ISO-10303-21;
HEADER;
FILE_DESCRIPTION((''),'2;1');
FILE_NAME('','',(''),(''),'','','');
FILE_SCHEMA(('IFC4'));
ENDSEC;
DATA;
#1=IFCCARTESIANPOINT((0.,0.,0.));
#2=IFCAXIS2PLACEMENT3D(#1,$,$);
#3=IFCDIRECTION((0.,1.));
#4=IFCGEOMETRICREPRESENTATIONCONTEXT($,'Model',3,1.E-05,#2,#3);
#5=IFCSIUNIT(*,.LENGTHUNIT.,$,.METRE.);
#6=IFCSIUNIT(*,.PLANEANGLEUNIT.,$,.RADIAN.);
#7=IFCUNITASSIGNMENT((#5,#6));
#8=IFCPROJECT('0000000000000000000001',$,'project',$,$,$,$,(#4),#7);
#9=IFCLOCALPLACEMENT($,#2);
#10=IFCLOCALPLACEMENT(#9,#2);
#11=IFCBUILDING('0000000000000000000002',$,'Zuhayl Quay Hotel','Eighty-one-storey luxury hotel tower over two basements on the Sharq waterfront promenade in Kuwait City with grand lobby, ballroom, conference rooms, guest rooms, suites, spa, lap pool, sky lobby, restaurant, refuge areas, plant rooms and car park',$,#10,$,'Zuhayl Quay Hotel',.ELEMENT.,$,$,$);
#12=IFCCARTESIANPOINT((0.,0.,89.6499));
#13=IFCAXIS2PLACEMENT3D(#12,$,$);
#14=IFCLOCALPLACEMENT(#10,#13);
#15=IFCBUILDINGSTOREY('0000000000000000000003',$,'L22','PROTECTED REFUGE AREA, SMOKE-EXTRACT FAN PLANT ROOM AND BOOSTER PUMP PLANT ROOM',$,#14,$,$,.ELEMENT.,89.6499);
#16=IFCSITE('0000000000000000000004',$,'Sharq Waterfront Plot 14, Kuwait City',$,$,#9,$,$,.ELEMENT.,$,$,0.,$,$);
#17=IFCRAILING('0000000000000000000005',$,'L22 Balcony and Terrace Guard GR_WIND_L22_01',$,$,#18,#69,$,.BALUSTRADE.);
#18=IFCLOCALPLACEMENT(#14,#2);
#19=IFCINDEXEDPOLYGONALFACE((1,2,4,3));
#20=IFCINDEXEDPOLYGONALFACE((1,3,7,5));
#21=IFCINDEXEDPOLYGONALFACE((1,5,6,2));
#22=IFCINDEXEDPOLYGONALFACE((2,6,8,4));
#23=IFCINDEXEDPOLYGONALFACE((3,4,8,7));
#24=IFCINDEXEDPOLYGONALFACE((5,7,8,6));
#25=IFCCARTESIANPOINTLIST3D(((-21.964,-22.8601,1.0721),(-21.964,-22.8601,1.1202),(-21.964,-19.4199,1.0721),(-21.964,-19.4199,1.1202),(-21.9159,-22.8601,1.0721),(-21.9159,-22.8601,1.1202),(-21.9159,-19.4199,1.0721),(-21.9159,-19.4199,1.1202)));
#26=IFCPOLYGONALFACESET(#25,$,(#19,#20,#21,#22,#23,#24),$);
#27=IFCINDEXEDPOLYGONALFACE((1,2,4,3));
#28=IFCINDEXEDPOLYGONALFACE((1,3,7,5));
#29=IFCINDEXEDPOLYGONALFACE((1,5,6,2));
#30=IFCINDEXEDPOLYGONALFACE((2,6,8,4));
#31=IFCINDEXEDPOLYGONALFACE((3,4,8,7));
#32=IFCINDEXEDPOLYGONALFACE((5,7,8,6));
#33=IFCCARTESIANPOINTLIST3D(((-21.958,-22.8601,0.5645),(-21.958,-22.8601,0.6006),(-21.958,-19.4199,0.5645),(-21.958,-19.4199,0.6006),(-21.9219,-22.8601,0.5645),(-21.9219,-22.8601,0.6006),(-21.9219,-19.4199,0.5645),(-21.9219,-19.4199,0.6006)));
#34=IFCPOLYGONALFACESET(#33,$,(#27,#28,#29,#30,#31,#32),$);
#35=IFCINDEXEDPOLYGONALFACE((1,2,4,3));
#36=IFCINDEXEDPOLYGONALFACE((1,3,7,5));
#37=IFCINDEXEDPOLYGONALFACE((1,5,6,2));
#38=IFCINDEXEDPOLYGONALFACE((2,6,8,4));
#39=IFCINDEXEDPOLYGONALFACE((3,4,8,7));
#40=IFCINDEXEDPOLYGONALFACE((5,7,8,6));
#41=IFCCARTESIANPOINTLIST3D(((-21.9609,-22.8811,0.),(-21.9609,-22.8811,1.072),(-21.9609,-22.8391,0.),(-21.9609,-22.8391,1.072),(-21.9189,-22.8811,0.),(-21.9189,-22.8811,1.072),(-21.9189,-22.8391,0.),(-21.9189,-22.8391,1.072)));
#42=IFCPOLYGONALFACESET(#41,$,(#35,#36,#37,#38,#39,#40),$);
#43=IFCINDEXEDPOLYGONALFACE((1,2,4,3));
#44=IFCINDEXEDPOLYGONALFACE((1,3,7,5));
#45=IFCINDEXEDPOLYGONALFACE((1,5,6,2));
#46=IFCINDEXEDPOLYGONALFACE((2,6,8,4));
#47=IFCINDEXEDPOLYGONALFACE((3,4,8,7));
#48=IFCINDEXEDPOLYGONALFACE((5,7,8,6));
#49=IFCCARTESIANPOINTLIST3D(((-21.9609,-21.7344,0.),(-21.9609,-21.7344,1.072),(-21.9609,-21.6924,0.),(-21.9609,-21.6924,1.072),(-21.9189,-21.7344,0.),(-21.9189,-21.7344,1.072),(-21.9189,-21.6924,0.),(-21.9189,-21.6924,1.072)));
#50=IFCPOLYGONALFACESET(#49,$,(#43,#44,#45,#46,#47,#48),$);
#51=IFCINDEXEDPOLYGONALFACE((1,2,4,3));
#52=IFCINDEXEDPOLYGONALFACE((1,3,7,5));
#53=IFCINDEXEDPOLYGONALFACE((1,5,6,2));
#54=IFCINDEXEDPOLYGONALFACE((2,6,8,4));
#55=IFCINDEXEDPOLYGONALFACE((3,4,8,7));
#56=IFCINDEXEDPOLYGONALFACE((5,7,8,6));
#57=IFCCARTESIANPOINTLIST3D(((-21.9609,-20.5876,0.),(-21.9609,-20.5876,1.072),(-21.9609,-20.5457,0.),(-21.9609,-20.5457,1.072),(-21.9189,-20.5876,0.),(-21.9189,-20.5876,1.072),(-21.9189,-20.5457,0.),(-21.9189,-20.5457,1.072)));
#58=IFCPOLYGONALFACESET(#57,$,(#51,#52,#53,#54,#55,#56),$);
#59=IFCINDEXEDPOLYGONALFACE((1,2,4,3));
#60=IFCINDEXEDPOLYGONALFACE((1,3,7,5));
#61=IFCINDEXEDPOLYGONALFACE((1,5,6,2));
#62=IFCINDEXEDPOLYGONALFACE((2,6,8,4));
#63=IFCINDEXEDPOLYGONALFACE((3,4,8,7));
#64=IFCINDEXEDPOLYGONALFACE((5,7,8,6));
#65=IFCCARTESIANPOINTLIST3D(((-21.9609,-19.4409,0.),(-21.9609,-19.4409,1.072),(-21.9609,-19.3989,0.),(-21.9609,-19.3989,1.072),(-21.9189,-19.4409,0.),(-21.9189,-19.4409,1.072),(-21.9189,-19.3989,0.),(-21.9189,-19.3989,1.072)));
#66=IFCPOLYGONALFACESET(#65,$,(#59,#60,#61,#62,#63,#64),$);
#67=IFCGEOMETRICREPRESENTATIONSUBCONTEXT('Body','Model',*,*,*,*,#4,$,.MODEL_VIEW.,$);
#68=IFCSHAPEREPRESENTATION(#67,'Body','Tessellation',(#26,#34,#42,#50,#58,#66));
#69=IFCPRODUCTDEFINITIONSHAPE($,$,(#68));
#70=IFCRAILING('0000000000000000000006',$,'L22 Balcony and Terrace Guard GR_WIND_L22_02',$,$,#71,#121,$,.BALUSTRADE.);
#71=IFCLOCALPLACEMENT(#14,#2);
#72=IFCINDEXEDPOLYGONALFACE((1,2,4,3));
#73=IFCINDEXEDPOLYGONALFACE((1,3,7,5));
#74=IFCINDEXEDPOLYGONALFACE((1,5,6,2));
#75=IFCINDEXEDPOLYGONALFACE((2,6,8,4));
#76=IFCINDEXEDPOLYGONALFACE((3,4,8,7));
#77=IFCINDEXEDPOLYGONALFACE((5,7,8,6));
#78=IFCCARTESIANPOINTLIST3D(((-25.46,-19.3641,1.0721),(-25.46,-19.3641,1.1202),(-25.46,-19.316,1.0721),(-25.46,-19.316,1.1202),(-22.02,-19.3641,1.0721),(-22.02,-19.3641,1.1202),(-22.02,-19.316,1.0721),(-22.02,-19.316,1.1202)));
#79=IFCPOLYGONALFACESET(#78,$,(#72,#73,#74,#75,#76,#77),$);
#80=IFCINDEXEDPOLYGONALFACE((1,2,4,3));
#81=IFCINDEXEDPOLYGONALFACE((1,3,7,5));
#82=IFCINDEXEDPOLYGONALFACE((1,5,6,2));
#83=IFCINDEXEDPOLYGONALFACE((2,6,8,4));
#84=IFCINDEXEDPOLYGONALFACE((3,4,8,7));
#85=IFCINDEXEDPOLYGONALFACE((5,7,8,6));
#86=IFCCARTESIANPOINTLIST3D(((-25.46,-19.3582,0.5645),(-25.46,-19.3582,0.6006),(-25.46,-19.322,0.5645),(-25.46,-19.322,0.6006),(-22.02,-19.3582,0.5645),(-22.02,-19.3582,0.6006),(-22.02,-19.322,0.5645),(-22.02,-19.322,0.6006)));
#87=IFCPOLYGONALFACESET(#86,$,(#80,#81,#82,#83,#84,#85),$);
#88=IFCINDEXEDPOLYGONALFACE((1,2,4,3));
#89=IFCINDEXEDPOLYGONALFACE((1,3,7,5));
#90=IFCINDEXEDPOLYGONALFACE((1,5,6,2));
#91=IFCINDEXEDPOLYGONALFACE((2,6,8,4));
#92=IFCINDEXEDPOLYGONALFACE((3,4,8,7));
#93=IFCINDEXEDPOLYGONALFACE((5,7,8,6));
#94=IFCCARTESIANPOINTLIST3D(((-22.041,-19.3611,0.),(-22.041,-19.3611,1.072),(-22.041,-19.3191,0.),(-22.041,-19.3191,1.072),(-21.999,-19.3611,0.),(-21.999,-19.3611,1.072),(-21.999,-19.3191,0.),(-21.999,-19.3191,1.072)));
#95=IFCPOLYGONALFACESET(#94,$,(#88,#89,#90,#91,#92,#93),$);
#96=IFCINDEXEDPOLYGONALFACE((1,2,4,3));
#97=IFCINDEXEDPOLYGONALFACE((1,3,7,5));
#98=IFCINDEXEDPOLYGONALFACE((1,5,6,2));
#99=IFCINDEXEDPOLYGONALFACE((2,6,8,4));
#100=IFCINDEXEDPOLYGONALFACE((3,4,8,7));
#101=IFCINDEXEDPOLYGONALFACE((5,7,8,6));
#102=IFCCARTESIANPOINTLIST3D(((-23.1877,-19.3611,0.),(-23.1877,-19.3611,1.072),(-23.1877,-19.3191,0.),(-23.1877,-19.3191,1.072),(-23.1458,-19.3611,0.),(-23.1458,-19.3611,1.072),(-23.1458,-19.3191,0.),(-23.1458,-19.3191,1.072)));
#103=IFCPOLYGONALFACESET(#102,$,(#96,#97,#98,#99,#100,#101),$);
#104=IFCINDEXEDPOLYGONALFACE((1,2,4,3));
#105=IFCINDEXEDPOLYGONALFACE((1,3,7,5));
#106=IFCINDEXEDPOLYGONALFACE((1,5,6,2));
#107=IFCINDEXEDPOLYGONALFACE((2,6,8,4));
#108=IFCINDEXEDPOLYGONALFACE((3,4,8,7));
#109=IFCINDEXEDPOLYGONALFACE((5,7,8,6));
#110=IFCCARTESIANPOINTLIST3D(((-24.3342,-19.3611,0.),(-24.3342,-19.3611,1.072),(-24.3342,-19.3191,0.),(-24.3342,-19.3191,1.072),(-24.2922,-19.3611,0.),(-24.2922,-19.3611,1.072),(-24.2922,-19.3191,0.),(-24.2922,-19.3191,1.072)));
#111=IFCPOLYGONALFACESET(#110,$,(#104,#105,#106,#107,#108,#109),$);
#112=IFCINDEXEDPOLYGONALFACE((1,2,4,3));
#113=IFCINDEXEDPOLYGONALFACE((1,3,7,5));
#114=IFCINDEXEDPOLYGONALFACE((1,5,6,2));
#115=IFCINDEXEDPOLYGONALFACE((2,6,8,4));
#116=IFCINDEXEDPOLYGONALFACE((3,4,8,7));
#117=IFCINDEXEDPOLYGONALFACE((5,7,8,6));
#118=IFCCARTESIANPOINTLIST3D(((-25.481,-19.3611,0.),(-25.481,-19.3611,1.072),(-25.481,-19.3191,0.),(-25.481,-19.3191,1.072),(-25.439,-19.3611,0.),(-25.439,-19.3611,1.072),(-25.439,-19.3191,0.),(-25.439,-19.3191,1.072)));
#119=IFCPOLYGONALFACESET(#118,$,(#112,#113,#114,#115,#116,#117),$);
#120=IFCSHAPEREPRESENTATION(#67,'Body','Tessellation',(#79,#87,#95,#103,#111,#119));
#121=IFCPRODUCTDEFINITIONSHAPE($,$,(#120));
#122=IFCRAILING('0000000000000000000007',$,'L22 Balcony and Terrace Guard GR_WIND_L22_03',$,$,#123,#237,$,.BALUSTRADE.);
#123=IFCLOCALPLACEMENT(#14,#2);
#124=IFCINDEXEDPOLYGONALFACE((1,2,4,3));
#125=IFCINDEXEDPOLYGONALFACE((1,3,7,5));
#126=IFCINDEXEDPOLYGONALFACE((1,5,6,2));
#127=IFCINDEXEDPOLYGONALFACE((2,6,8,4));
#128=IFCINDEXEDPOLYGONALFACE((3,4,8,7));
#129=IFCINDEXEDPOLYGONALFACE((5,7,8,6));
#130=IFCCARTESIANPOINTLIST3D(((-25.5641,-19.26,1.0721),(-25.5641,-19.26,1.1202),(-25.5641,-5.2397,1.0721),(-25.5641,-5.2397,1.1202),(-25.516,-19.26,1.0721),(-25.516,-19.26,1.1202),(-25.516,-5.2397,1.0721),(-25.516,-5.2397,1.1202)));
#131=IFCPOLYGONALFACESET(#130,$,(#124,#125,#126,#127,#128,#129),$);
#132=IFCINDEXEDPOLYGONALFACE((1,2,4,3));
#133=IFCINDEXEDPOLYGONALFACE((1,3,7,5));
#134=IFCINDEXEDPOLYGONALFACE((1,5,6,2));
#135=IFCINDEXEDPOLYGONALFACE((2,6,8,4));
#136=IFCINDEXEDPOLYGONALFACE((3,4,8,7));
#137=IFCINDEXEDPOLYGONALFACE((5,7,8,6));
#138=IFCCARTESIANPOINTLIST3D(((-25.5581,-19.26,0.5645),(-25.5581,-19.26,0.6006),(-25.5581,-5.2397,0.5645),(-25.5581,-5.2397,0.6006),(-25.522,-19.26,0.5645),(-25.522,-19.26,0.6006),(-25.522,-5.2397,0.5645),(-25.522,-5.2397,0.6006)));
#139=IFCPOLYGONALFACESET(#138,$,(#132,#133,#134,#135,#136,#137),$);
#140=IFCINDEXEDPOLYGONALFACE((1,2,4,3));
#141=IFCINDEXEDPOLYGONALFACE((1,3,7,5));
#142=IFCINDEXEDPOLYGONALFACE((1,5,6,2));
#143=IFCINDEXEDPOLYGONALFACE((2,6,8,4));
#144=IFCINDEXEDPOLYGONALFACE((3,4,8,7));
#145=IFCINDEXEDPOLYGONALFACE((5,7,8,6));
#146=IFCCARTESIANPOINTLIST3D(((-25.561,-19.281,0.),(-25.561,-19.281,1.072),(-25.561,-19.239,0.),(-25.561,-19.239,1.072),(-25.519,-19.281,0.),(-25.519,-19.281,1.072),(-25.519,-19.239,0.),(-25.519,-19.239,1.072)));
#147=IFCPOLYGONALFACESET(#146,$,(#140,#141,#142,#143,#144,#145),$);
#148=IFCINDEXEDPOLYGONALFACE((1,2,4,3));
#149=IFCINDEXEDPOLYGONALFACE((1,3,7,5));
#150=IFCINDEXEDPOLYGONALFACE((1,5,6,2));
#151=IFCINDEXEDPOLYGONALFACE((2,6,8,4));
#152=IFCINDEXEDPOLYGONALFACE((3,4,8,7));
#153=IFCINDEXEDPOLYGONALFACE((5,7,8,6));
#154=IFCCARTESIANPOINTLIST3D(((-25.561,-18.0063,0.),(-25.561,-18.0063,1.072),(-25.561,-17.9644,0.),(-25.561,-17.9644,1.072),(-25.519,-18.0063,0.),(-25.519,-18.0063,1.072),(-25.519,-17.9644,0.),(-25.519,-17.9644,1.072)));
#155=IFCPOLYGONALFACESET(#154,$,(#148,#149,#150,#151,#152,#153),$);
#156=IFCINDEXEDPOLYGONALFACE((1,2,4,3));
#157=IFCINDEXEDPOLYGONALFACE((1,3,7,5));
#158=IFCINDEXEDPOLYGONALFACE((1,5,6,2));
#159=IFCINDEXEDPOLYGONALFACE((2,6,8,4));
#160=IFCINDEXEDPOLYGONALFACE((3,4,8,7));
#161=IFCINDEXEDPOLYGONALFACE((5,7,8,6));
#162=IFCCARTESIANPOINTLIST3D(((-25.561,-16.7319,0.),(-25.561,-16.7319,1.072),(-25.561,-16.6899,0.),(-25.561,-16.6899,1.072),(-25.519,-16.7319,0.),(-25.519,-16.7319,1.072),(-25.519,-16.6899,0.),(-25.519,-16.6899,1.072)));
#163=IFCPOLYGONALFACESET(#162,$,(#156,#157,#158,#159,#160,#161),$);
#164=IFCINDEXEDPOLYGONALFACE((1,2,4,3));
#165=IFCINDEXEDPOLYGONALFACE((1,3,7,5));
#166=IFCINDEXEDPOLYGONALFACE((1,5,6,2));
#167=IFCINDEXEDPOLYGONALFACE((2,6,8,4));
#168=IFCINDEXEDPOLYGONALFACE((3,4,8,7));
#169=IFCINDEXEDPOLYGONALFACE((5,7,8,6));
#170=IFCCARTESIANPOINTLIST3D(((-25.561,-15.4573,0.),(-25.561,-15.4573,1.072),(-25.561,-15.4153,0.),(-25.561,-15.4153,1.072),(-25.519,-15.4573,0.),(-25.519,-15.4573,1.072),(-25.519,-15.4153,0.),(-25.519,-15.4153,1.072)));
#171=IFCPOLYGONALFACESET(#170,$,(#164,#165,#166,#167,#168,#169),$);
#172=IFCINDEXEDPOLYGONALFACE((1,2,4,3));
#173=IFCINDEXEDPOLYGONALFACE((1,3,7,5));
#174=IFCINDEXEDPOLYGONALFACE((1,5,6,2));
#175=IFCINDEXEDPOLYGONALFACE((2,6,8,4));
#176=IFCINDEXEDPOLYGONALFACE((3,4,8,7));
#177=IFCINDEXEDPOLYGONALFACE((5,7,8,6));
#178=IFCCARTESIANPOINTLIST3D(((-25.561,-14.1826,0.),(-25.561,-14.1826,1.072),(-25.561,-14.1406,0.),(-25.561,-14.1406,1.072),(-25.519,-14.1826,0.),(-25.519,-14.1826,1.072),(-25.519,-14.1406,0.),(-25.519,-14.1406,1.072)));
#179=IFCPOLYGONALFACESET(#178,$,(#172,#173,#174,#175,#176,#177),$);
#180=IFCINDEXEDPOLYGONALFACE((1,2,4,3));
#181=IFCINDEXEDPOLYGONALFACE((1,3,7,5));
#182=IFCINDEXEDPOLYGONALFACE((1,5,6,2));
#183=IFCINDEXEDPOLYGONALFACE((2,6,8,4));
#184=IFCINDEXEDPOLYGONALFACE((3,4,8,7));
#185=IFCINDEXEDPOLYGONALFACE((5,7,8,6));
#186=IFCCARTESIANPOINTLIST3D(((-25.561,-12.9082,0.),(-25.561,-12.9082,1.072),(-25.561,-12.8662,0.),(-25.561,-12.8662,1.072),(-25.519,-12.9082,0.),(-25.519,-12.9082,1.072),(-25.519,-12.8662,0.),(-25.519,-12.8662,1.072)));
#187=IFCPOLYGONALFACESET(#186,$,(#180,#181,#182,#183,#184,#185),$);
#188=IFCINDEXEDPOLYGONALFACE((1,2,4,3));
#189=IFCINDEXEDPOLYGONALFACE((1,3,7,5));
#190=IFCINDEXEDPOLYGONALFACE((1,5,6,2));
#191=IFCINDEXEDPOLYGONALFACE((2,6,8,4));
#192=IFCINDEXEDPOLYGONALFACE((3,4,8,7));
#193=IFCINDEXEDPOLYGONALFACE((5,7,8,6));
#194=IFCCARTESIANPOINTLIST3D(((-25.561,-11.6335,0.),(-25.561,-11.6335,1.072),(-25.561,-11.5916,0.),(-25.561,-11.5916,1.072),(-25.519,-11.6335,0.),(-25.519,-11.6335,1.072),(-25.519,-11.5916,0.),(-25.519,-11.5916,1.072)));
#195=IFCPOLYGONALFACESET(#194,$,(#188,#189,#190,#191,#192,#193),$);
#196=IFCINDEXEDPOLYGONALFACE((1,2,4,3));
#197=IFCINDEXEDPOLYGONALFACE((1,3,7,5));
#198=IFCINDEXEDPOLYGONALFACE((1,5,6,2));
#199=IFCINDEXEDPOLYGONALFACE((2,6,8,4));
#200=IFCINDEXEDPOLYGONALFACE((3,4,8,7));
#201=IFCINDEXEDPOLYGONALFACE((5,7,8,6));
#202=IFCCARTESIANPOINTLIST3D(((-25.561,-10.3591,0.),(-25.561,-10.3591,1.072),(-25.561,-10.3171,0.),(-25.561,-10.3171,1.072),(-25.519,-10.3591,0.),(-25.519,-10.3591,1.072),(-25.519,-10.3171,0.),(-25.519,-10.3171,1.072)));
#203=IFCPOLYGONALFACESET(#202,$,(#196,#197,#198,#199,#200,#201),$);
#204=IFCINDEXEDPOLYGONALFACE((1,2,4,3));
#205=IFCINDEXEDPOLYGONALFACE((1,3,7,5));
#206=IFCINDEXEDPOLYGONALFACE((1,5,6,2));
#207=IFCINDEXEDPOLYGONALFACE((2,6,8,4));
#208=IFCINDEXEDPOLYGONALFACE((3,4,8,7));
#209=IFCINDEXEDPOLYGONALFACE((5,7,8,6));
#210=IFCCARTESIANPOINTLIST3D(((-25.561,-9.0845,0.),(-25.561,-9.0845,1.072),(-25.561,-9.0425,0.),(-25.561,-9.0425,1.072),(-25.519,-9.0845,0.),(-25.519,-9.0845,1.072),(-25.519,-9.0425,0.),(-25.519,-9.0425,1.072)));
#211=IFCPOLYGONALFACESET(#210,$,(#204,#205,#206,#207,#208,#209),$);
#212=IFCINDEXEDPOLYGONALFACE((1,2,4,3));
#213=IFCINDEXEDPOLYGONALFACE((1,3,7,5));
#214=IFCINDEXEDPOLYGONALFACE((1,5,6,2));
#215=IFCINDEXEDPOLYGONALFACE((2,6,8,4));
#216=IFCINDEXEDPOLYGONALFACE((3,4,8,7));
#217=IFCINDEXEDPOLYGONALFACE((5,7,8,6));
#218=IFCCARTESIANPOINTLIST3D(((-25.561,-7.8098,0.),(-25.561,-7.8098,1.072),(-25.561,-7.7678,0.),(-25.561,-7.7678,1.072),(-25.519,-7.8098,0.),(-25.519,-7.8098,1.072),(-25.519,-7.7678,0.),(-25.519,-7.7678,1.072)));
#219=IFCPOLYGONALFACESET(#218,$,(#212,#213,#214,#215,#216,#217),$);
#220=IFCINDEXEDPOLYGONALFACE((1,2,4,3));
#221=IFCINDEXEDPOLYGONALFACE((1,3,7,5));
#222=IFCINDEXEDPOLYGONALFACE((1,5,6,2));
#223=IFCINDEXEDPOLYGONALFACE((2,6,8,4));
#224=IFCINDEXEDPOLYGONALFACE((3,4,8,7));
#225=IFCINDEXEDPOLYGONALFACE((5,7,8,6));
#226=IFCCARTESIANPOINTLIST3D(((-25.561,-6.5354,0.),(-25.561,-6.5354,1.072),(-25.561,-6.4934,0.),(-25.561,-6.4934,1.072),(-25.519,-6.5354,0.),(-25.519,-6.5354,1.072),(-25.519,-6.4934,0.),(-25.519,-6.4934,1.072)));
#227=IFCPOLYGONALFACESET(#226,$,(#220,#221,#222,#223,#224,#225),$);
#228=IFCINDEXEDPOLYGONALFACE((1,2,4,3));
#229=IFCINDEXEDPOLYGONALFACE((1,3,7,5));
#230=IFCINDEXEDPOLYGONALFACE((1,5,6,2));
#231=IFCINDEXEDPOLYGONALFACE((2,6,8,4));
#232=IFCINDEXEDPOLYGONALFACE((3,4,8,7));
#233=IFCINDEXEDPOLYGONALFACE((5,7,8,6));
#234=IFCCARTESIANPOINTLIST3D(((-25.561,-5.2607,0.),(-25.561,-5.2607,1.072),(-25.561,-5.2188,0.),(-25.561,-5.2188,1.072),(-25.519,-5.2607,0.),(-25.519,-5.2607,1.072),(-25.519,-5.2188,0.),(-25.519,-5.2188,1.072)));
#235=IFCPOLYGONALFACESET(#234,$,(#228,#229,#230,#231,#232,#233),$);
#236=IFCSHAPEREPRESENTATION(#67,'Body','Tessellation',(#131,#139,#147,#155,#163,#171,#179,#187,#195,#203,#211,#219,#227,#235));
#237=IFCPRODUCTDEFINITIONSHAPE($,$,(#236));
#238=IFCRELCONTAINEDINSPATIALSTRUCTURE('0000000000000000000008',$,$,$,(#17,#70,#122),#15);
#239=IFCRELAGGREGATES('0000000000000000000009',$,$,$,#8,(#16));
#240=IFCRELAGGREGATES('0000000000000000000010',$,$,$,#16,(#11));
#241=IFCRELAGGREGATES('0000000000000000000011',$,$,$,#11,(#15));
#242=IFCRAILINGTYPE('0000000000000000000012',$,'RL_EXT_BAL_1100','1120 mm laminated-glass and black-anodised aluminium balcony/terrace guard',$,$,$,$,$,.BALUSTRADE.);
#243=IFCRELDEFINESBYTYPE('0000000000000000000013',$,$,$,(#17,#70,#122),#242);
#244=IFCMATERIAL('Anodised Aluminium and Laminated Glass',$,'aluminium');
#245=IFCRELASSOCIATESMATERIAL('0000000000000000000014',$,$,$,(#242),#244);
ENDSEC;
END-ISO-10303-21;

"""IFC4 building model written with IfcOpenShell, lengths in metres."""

from ifc_helpers import new_model, si_unit, direction, frame, origin, origin_2d, place, context, subcontext, project, spatial, rectangle, extrude, material, type_object, element, save


model = new_model("IFC4")

# Units and contexts
model_context = context("Model", 3, precision=1e-05, world=origin(), true_north=direction((0.0, 1.0)))
body_context = subcontext(model_context, "Body", "Model", "MODEL_VIEW")
ifc_project = project(units=[si_unit("LENGTHUNIT", "METRE"), si_unit("PLANEANGLEUNIT", "RADIAN")], contexts=[model_context])

# Site, building, storey
site_placement = place(None, origin())
site = spatial("IfcSite", under=ifc_project, at=site_placement, Name="Sharq Waterfront Plot 14, Kuwait City", CompositionType="ELEMENT", RefElevation=0.0)
building_placement = place(site_placement, origin())
building = spatial("IfcBuilding", under=site, at=building_placement, Name="Zuhayl Quay Hotel", Description="Eighty-one-storey luxury hotel tower over two basements on the Sharq waterfront promenade in Kuwait City with grand lobby, ballroom, conference rooms, guest rooms, suites, spa, lap pool, sky lobby, restaurant, refuge areas, plant rooms and car park", LongName="Zuhayl Quay Hotel", CompositionType="ELEMENT")
storey_placement = place(building_placement, frame((0.0, 0.0, 89.6499)))
storey = spatial("IfcBuildingStorey", under=building, at=storey_placement, Name="L22", Description="PROTECTED REFUGE AREA, SMOKE-EXTRACT FAN PLANT ROOM AND BOOSTER PUMP PLANT ROOM", CompositionType="ELEMENT", Elevation=89.6499)

# Railings
ifc_material_1 = material(Name="Anodised Aluminium and Laminated Glass", Category="aluminium")
railing_type = type_object("IfcRailingType", Name="RL_EXT_BAL_1100", Description="1120 mm laminated-glass and black-anodised aluminium balcony/terrace guard", PredefinedType="BALUSTRADE", material=ifc_material_1)
railing_1_placement = place(storey_placement, frame((-21.9399, -22.8601, 0.0)))
element("IfcRailing", 1, at=railing_1_placement, inside=storey, type_object=railing_type, Name="L22 Balcony and Terrace Guard GR_WIND_L22_01", PredefinedType="BALUSTRADE", context=body_context, shape_type="SweptSolid", body=[
    extrude(rectangle(XDim=0.0481, YDim=0.0481, at=origin_2d()), frame((0.0, 0.0, 1.0962), z_axis=(0.0, 1.0, 0.0), x_axis=(-1.0, 0.0, 0.0)), (0.0, 0.0, 1.0), 3.4402),
    extrude(rectangle(XDim=0.0361, YDim=0.0361, at=origin_2d()), frame((0.0, 0.0, 0.5825), z_axis=(0.0, 1.0, 0.0), x_axis=(-1.0, 0.0, 0.0)), (0.0, 0.0, 1.0), 3.4402),
    extrude(rectangle(XDim=0.042, YDim=0.042, at=origin_2d()), origin(), (0.0, 0.0, 1.0), 1.072),
    extrude(rectangle(XDim=0.042, YDim=0.042, at=origin_2d()), frame((0.0, 1.1467, 0.0)), (0.0, 0.0, 1.0), 1.072),
    extrude(rectangle(XDim=0.042, YDim=0.042, at=origin_2d()), frame((0.0, 2.2935, 0.0)), (0.0, 0.0, 1.0), 1.072),
    extrude(rectangle(XDim=0.042, YDim=0.042, at=origin_2d()), frame((0.0, 3.4402, 0.0)), (0.0, 0.0, 1.0), 1.072),
])
railing_2_placement = place(storey_placement, frame((-22.02, -19.3401, 0.0)))
element("IfcRailing", 2, at=railing_2_placement, inside=storey, type_object=railing_type, Name="L22 Balcony and Terrace Guard GR_WIND_L22_02", PredefinedType="BALUSTRADE", context=body_context, shape_type="SweptSolid", body=[
    extrude(rectangle(XDim=0.0481, YDim=0.0481, at=origin_2d()), frame((0.0, 0.0, 1.0962), z_axis=(-1.0, 0.0, 0.0), x_axis=(0.0, -1.0, 0.0)), (0.0, 0.0, 1.0), 3.4399),
    extrude(rectangle(XDim=0.0361, YDim=0.0361, at=origin_2d()), frame((0.0, 0.0, 0.5825), z_axis=(-1.0, 0.0, 0.0), x_axis=(0.0, -1.0, 0.0)), (0.0, 0.0, 1.0), 3.4399),
    extrude(rectangle(XDim=0.042, YDim=0.042, at=origin_2d()), origin(), (0.0, 0.0, 1.0), 1.072),
    extrude(rectangle(XDim=0.042, YDim=0.042, at=origin_2d()), frame((-1.1467, 0.0, 0.0)), (0.0, 0.0, 1.0), 1.072),
    extrude(rectangle(XDim=0.042, YDim=0.042, at=origin_2d()), frame((-2.2932, 0.0, 0.0)), (0.0, 0.0, 1.0), 1.072),
    extrude(rectangle(XDim=0.042, YDim=0.042, at=origin_2d()), frame((-3.4399, 0.0, 0.0)), (0.0, 0.0, 1.0), 1.072),
])
railing_3_placement = place(storey_placement, frame((-25.54, -19.26, 0.0)))
element("IfcRailing", 3, at=railing_3_placement, inside=storey, type_object=railing_type, Name="L22 Balcony and Terrace Guard GR_WIND_L22_03", PredefinedType="BALUSTRADE", context=body_context, shape_type="SweptSolid", body=[
    extrude(rectangle(XDim=0.0481, YDim=0.0481, at=origin_2d()), frame((0.0, 0.0, 1.0962), z_axis=(0.0, 1.0, 0.0), x_axis=(-1.0, 0.0, 0.0)), (0.0, 0.0, 1.0), 14.0203),
    extrude(rectangle(XDim=0.0361, YDim=0.0361, at=origin_2d()), frame((0.0, 0.0, 0.5825), z_axis=(0.0, 1.0, 0.0), x_axis=(-1.0, 0.0, 0.0)), (0.0, 0.0, 1.0), 14.0203),
    extrude(rectangle(XDim=0.042, YDim=0.042, at=origin_2d()), origin(), (0.0, 0.0, 1.0), 1.072),
    extrude(rectangle(XDim=0.042, YDim=0.042, at=origin_2d()), frame((0.0, 1.2747, 0.0)), (0.0, 0.0, 1.0), 1.072),
    extrude(rectangle(XDim=0.042, YDim=0.042, at=origin_2d()), frame((0.0, 2.5491, 0.0)), (0.0, 0.0, 1.0), 1.072),
    extrude(rectangle(XDim=0.042, YDim=0.042, at=origin_2d()), frame((0.0, 3.8237, 0.0)), (0.0, 0.0, 1.0), 1.072),
    extrude(rectangle(XDim=0.042, YDim=0.042, at=origin_2d()), frame((0.0, 5.0984, 0.0)), (0.0, 0.0, 1.0), 1.072),
    extrude(rectangle(XDim=0.042, YDim=0.042, at=origin_2d()), frame((0.0, 6.3728, 0.0)), (0.0, 0.0, 1.0), 1.072),
    extrude(rectangle(XDim=0.042, YDim=0.042, at=origin_2d()), frame((0.0, 7.6475, 0.0)), (0.0, 0.0, 1.0), 1.072),
    extrude(rectangle(XDim=0.042, YDim=0.042, at=origin_2d()), frame((0.0, 8.9219, 0.0)), (0.0, 0.0, 1.0), 1.072),
    extrude(rectangle(XDim=0.042, YDim=0.042, at=origin_2d()), frame((0.0, 10.1965, 0.0)), (0.0, 0.0, 1.0), 1.072),
    extrude(rectangle(XDim=0.042, YDim=0.042, at=origin_2d()), frame((0.0, 11.4712, 0.0)), (0.0, 0.0, 1.0), 1.072),
    extrude(rectangle(XDim=0.042, YDim=0.042, at=origin_2d()), frame((0.0, 12.7456, 0.0)), (0.0, 0.0, 1.0), 1.072),
    extrude(rectangle(XDim=0.042, YDim=0.042, at=origin_2d()), frame((0.0, 14.0203, 0.0)), (0.0, 0.0, 1.0), 1.072),
])

save(model, "model.ifc")
